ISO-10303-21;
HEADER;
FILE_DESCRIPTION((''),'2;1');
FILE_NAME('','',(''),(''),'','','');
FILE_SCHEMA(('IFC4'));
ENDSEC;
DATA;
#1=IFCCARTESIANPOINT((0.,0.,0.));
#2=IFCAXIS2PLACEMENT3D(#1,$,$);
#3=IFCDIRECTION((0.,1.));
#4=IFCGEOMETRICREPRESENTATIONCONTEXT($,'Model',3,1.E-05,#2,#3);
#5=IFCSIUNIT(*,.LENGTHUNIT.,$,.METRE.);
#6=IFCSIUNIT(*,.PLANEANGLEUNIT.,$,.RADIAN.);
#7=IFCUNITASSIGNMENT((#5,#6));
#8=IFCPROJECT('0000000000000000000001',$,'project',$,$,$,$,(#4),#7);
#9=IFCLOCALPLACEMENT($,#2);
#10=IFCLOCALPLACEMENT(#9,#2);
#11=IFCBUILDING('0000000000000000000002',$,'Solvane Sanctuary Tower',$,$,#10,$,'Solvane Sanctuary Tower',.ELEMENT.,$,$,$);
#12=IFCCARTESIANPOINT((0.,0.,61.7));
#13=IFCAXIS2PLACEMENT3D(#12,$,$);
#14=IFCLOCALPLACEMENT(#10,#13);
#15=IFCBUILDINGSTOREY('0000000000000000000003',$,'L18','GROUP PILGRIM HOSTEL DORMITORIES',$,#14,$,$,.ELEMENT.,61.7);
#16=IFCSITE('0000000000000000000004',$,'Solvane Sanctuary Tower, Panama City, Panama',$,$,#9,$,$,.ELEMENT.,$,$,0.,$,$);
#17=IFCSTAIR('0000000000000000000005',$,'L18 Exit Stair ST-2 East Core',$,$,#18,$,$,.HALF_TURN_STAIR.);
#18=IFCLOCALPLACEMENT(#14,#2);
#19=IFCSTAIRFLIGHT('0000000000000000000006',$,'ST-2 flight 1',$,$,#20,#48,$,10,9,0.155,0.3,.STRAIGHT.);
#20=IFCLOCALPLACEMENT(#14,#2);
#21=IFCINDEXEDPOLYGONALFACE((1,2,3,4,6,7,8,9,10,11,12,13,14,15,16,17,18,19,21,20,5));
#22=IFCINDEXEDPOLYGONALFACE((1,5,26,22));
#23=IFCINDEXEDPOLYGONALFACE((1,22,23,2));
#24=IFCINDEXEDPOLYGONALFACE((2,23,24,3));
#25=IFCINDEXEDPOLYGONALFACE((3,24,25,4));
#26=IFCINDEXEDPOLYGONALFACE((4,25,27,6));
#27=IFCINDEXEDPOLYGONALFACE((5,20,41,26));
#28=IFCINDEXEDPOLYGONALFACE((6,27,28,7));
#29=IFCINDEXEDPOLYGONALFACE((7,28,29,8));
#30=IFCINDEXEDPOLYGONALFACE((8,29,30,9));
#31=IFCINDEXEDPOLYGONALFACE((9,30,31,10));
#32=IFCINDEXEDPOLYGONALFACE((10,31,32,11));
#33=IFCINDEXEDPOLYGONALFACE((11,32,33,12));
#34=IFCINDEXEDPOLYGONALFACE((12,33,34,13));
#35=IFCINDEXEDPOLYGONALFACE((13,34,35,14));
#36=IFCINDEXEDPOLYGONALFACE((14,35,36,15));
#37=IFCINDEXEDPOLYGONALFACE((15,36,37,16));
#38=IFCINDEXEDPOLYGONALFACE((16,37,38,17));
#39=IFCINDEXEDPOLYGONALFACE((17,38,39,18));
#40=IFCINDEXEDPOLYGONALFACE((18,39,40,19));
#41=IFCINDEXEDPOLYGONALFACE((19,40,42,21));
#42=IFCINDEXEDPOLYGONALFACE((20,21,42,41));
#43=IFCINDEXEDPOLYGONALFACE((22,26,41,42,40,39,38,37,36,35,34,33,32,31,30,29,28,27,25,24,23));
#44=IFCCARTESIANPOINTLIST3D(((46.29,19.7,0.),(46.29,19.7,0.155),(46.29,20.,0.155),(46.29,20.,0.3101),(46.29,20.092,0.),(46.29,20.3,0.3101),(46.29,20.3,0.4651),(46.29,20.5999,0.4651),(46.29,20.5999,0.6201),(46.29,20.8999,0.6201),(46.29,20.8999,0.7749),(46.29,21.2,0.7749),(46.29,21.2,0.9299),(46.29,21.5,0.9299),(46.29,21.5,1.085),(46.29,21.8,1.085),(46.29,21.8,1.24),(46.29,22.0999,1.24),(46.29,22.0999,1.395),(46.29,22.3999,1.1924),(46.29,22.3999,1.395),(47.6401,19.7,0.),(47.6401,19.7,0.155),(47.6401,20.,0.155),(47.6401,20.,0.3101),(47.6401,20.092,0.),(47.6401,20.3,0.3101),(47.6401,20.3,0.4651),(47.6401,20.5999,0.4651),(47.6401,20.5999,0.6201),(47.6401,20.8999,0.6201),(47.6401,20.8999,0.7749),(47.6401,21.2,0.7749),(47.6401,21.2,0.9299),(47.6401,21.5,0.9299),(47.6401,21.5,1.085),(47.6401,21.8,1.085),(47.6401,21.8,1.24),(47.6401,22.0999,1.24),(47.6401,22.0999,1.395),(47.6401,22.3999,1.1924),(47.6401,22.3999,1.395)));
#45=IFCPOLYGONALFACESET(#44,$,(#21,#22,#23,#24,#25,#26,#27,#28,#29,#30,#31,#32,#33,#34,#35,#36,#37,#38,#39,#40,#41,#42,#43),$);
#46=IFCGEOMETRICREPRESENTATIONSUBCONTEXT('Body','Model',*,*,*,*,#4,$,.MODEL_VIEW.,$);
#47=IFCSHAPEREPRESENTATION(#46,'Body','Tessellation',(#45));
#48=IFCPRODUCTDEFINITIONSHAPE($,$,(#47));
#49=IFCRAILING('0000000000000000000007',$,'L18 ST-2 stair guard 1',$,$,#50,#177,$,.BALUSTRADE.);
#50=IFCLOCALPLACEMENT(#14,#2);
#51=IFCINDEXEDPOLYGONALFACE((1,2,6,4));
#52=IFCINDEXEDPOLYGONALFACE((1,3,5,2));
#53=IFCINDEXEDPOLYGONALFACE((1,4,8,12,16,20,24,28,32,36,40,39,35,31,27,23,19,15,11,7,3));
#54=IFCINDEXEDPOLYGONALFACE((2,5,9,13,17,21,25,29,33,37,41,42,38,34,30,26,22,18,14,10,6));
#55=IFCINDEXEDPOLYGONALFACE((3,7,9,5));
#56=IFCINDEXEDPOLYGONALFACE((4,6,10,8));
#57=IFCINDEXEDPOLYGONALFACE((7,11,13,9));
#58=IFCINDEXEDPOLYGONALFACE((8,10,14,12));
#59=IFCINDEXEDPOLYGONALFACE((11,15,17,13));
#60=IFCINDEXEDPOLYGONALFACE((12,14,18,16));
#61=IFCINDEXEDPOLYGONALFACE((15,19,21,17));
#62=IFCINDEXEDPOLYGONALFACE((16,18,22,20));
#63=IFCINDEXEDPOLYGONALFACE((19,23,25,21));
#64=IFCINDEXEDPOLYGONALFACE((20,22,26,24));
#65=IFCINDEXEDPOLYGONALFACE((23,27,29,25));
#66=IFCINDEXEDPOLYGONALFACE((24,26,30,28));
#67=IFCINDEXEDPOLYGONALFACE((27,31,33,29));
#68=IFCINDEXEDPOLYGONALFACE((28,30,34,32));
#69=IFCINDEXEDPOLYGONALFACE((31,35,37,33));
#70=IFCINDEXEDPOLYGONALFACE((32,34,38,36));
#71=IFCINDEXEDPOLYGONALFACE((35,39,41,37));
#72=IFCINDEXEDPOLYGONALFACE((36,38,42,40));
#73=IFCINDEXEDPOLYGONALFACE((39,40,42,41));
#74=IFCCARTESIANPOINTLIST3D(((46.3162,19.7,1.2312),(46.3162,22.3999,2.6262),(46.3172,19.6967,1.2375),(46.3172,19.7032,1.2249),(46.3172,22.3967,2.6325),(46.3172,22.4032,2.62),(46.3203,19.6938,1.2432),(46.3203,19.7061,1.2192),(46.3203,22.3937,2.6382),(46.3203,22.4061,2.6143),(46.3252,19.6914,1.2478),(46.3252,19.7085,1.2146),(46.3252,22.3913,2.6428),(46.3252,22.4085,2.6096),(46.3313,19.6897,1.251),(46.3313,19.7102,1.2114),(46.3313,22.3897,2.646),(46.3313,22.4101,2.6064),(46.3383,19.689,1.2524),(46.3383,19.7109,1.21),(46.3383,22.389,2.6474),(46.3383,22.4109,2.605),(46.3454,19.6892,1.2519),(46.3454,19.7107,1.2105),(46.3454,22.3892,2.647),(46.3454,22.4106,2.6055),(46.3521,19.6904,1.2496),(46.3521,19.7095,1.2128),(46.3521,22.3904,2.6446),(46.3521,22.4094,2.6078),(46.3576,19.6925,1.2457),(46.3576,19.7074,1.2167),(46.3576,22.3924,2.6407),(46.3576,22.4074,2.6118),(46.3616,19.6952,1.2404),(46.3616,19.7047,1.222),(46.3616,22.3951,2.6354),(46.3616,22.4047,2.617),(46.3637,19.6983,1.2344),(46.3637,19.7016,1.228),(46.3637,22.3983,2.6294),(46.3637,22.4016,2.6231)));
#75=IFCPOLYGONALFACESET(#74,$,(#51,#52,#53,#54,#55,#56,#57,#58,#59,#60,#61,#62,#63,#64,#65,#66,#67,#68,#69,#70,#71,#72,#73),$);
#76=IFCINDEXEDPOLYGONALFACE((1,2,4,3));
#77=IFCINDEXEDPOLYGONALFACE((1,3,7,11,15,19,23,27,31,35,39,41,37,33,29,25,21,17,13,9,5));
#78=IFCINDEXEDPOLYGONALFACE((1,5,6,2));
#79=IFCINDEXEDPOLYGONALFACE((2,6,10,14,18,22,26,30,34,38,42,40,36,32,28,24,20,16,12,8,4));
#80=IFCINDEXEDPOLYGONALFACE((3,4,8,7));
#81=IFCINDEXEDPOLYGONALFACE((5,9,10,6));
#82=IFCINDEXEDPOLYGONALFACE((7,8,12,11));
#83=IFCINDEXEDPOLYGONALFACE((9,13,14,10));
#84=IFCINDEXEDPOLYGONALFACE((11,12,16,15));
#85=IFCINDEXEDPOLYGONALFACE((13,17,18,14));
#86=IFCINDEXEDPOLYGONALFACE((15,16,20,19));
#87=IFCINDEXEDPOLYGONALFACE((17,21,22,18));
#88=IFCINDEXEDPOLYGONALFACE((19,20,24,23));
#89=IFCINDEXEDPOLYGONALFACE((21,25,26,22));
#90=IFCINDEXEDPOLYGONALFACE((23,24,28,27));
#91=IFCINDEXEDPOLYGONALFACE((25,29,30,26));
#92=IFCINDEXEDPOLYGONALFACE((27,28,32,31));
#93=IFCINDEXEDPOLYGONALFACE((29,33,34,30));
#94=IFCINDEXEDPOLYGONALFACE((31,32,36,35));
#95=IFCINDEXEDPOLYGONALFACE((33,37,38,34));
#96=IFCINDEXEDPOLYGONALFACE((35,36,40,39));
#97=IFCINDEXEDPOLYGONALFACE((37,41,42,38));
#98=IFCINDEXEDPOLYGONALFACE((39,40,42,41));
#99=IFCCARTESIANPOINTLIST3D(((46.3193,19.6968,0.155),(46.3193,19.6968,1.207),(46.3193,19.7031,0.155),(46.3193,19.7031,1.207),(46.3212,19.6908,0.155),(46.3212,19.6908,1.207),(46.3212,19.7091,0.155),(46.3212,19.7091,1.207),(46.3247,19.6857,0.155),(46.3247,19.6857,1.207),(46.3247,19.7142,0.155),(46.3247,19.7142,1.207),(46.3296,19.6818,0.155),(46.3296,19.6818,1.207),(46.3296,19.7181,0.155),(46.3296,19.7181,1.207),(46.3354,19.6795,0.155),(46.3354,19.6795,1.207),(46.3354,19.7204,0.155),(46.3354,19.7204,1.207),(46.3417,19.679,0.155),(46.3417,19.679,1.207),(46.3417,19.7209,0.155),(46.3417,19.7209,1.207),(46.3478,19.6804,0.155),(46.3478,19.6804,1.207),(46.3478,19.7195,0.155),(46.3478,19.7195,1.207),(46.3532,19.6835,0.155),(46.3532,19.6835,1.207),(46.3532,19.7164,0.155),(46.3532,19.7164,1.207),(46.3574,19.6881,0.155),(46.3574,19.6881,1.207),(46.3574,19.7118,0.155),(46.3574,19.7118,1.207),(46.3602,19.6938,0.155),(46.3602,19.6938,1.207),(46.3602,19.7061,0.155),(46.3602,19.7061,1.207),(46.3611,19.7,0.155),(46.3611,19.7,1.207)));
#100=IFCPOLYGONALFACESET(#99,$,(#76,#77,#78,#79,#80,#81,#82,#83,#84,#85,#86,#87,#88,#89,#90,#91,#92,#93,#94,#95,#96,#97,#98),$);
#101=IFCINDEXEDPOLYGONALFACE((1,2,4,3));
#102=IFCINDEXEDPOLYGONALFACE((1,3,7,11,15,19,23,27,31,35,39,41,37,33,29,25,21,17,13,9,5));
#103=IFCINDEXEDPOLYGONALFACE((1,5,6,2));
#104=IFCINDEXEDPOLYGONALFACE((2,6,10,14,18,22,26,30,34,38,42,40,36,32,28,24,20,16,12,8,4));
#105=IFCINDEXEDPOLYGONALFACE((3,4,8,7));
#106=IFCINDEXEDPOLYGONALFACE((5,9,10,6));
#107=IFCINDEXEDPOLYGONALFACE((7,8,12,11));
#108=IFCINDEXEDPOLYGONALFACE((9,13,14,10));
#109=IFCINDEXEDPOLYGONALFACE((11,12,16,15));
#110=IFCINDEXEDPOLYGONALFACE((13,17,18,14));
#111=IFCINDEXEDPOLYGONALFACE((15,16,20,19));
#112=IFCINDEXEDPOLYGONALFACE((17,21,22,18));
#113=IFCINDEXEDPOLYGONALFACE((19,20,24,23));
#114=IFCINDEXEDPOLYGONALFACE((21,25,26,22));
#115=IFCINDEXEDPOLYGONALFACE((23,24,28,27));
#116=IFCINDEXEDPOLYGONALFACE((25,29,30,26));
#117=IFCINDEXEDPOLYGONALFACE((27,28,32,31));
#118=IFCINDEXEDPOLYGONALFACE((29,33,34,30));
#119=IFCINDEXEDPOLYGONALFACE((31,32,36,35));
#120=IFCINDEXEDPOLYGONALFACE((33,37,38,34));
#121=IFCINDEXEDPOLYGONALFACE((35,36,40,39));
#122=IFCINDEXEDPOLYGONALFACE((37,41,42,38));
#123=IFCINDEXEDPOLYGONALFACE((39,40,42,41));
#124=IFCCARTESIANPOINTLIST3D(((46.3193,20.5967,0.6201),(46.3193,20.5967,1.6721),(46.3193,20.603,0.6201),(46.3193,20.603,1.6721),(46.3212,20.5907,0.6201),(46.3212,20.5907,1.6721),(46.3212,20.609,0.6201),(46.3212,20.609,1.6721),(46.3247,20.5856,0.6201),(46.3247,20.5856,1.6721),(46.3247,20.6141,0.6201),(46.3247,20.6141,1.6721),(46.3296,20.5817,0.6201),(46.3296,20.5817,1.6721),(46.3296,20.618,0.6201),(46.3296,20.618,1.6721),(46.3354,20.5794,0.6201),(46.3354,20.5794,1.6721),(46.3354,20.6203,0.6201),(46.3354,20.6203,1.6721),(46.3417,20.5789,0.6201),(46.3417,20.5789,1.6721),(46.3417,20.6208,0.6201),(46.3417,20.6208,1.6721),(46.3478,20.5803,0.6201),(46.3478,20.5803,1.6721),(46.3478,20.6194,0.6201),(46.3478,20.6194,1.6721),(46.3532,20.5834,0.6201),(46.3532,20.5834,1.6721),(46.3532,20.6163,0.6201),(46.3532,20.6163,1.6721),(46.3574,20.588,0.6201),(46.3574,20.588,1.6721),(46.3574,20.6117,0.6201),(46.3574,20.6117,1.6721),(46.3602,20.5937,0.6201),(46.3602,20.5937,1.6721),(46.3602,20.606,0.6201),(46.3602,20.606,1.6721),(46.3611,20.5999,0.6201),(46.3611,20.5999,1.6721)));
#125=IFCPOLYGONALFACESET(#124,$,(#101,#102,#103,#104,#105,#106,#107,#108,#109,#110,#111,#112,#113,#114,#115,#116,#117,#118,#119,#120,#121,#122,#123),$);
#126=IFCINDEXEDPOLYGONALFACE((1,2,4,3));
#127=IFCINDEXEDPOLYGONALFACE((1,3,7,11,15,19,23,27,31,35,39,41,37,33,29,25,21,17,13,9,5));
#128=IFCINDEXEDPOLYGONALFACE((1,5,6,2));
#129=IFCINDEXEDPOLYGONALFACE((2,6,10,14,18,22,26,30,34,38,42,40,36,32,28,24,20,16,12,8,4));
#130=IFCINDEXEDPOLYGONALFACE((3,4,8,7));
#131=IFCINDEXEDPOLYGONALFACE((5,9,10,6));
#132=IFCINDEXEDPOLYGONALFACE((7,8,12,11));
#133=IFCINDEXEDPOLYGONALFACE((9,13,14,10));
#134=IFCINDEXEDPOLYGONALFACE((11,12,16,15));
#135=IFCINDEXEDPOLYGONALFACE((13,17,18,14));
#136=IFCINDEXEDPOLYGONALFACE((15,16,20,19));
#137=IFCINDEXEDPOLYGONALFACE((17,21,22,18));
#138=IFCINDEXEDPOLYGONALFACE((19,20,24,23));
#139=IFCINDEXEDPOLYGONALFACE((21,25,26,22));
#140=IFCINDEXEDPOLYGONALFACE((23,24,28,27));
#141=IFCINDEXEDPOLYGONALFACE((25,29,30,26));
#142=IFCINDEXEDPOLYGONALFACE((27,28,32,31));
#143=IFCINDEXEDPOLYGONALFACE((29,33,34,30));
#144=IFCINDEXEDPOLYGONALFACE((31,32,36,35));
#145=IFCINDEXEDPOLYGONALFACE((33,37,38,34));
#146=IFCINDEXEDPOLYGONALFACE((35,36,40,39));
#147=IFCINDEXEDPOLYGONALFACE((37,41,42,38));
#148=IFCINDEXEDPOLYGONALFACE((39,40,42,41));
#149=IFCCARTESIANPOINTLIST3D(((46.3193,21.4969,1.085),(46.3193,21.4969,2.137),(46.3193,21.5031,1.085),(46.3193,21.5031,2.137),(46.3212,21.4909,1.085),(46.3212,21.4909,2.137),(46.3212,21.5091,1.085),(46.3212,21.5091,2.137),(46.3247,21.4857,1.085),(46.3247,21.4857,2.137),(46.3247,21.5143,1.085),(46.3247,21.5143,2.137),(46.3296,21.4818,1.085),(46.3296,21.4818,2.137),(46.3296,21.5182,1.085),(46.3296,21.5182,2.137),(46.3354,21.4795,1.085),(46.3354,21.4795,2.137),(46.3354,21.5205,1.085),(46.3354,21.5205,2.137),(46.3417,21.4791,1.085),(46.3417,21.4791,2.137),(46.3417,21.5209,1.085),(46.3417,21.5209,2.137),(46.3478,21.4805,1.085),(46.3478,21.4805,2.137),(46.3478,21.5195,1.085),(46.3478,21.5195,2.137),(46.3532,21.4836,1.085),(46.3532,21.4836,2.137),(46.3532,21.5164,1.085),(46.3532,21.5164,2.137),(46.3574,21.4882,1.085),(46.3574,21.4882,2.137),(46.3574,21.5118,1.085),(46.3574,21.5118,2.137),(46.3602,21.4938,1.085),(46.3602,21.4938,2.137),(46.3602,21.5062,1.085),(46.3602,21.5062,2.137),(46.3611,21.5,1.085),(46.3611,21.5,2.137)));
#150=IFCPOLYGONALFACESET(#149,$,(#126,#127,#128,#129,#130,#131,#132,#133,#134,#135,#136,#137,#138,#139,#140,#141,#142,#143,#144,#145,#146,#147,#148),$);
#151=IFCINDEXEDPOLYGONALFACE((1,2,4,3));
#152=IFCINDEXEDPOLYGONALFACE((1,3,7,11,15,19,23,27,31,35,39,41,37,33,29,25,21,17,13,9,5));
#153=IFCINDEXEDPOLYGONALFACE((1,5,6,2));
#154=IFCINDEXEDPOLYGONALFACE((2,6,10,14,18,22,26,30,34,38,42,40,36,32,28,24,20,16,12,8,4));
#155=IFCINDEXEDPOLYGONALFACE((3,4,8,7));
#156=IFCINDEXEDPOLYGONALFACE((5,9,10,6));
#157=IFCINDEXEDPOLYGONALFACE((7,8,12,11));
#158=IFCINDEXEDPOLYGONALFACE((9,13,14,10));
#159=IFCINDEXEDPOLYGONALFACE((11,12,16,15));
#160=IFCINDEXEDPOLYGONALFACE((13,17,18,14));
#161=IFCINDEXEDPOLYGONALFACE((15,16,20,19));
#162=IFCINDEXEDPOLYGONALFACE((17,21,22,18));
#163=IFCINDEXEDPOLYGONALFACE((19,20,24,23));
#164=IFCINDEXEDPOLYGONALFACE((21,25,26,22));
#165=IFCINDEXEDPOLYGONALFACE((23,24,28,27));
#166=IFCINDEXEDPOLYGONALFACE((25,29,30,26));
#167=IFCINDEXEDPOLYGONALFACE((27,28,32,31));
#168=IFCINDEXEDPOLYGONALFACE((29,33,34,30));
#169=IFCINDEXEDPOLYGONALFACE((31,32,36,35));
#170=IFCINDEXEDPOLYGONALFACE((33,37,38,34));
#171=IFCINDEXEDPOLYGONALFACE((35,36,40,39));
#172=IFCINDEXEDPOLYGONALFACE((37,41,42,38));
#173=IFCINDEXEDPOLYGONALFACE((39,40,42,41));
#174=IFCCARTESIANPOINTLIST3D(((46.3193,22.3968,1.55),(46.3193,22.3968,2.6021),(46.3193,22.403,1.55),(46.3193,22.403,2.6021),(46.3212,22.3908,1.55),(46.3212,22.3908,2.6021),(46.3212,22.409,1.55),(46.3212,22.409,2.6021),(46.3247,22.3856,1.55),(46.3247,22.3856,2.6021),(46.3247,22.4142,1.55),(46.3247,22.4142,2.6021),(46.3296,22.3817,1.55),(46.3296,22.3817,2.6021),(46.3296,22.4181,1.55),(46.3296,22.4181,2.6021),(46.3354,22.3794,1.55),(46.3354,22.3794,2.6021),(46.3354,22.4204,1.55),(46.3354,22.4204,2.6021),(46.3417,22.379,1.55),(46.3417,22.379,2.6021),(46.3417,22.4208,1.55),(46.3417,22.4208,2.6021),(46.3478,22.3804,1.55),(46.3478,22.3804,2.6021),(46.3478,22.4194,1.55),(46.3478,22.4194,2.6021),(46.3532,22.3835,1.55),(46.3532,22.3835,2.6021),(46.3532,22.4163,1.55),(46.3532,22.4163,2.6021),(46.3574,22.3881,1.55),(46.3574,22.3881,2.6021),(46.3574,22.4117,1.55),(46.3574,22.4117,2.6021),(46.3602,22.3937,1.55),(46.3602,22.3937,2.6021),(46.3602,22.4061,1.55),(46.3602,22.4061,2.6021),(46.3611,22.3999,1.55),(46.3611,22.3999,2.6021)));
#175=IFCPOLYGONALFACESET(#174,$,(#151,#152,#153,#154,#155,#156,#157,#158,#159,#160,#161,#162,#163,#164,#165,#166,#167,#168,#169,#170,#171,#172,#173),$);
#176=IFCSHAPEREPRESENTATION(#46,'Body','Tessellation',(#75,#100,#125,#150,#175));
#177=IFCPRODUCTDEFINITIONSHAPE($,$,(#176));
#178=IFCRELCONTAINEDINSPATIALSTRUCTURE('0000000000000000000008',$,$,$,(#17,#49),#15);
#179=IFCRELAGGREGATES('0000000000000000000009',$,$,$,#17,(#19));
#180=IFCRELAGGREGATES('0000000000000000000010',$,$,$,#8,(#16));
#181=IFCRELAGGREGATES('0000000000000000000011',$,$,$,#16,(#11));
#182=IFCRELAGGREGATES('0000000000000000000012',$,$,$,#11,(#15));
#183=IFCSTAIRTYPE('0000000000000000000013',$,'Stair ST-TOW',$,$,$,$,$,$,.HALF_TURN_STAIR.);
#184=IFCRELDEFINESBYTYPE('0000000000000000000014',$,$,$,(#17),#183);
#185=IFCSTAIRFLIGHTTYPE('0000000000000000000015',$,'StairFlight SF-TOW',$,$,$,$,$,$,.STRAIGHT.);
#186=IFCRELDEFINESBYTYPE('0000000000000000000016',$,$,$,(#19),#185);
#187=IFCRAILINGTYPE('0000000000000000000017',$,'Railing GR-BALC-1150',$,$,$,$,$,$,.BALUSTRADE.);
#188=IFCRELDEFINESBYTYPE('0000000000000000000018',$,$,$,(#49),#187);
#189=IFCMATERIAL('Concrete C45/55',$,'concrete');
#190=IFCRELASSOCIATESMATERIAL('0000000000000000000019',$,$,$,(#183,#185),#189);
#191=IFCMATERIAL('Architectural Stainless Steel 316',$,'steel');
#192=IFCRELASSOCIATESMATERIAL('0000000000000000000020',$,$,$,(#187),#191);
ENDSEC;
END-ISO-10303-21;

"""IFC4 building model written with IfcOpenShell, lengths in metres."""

from ifc_helpers import new_model, si_unit, direction, frame, origin, origin_2d, place, context, subcontext, project, spatial, polyline, circle, outline, extrude, material, type_object, element, aggregate, save


model = new_model("IFC4")

# Units and contexts
model_context = context("Model", 3, precision=1e-05, world=origin(), true_north=direction((0.0, 1.0)))
body_context = subcontext(model_context, "Body", "Model", "MODEL_VIEW")
ifc_project = project(units=[si_unit("LENGTHUNIT", "METRE"), si_unit("PLANEANGLEUNIT", "RADIAN")], contexts=[model_context])

# Site, building, storey
site_placement = place(None, origin())
site = spatial("IfcSite", under=ifc_project, at=site_placement, Name="Solvane Sanctuary Tower, Panama City, Panama", CompositionType="ELEMENT", RefElevation=0.0)
building_placement = place(site_placement, origin())
building = spatial("IfcBuilding", under=site, at=building_placement, Name="Solvane Sanctuary Tower", LongName="Solvane Sanctuary Tower", CompositionType="ELEMENT")
storey_placement = place(building_placement, frame((0.0, 0.0, 61.7)))
storey = spatial("IfcBuildingStorey", under=building, at=storey_placement, Name="L18", Description="GROUP PILGRIM HOSTEL DORMITORIES", CompositionType="ELEMENT", Elevation=61.7)

# Shared definitions
ifc_material_1 = material(Name="Architectural Stainless Steel 316", Category="steel")

# Stair, stair flight
ifc_material_2 = material(Name="Concrete C45/55", Category="concrete")
stair_type = type_object("IfcStairType", Name="Stair ST-TOW", PredefinedType="HALF_TURN_STAIR", material=ifc_material_2)
stair_placement = place(storey_placement, origin())
stair = element("IfcStair", 1, at=stair_placement, inside=storey, type_object=stair_type, Name="L18 Exit Stair ST-2 East Core", PredefinedType="HALF_TURN_STAIR")
stair_flight_type = type_object("IfcStairFlightType", Name="StairFlight SF-TOW", PredefinedType="STRAIGHT", material=ifc_material_2)
stair_flight_placement = place(storey_placement, frame((46.9651, 19.7, 0.0), z_axis=(0.0, 0.0, 1.0), x_axis=(0.0, 1.0, 0.0)))
stair_flight = element("IfcStairFlight", 2, at=stair_flight_placement, type_object=stair_flight_type, Name="ST-2 flight 1", NumberOfRisers=10, NumberOfTreads=9, PredefinedType="STRAIGHT", RiserHeight=0.155, TreadLength=0.3, context=body_context, shape_type="SweptSolid", body=[
    extrude(outline(polyline([(0.0, 0.0), (0.0, 0.155), (0.3, 0.155), (0.3, 0.3101), (0.6001, 0.3101), (0.6001, 0.4651), (0.8999, 0.4651), (0.8999, 0.6201), (1.2, 0.6201), (1.2, 0.7749), (1.5, 0.7749), (1.5, 0.9299), (1.8, 0.9299), (1.8, 1.085), (2.1001, 1.085), (2.1001, 1.24), (2.3999, 1.24), (2.3999, 1.395), (2.7, 1.395), (2.7, 1.55), (2.7, 1.1924), (0.3921, 0.0), (0.0, 0.0)])), frame((0.0, 0.675, 0.0), z_axis=(0.0, -1.0, 0.0), x_axis=(1.0, 0.0, 0.0)), (0.0, 0.0, 1.0), 1.3501),
])
aggregate(stair, [stair_flight])

# Railing
railing_type_1 = type_object("IfcRailingType", Name="Railing GR-BALC-1150", PredefinedType="BALUSTRADE", material=ifc_material_1)
railing_1_placement = place(storey_placement, frame((46.3401, 19.7, 0.155)))
element("IfcRailing", 3, at=railing_1_placement, inside=storey, type_object=railing_type_1, Name="L18 ST-2 stair guard 1", PredefinedType="BALUSTRADE", context=body_context, shape_type="SweptSolid", body=[
    extrude(circle(Radius=0.0239, at=origin_2d()), frame((0.0, 0.0, 1.0762), z_axis=(0.0, 0.88842, 0.459032), x_axis=(-1.0, 0.0, 0.0)), (0.0, 0.0, 1.0), 3.0391),
    extrude(circle(Radius=0.021, at=origin_2d()), origin(), (0.0, 0.0, 1.0), 1.052),
    extrude(circle(Radius=0.021, at=origin_2d()), frame((0.0, 0.8999, 0.4651)), (0.0, 0.0, 1.0), 1.052),
    extrude(circle(Radius=0.021, at=origin_2d()), frame((0.0, 1.8, 0.9299)), (0.0, 0.0, 1.0), 1.052),
    extrude(circle(Radius=0.021, at=origin_2d()), frame((0.0, 2.7, 1.395)), (0.0, 0.0, 1.0), 1.052),
])

save(model, "model.ifc")
